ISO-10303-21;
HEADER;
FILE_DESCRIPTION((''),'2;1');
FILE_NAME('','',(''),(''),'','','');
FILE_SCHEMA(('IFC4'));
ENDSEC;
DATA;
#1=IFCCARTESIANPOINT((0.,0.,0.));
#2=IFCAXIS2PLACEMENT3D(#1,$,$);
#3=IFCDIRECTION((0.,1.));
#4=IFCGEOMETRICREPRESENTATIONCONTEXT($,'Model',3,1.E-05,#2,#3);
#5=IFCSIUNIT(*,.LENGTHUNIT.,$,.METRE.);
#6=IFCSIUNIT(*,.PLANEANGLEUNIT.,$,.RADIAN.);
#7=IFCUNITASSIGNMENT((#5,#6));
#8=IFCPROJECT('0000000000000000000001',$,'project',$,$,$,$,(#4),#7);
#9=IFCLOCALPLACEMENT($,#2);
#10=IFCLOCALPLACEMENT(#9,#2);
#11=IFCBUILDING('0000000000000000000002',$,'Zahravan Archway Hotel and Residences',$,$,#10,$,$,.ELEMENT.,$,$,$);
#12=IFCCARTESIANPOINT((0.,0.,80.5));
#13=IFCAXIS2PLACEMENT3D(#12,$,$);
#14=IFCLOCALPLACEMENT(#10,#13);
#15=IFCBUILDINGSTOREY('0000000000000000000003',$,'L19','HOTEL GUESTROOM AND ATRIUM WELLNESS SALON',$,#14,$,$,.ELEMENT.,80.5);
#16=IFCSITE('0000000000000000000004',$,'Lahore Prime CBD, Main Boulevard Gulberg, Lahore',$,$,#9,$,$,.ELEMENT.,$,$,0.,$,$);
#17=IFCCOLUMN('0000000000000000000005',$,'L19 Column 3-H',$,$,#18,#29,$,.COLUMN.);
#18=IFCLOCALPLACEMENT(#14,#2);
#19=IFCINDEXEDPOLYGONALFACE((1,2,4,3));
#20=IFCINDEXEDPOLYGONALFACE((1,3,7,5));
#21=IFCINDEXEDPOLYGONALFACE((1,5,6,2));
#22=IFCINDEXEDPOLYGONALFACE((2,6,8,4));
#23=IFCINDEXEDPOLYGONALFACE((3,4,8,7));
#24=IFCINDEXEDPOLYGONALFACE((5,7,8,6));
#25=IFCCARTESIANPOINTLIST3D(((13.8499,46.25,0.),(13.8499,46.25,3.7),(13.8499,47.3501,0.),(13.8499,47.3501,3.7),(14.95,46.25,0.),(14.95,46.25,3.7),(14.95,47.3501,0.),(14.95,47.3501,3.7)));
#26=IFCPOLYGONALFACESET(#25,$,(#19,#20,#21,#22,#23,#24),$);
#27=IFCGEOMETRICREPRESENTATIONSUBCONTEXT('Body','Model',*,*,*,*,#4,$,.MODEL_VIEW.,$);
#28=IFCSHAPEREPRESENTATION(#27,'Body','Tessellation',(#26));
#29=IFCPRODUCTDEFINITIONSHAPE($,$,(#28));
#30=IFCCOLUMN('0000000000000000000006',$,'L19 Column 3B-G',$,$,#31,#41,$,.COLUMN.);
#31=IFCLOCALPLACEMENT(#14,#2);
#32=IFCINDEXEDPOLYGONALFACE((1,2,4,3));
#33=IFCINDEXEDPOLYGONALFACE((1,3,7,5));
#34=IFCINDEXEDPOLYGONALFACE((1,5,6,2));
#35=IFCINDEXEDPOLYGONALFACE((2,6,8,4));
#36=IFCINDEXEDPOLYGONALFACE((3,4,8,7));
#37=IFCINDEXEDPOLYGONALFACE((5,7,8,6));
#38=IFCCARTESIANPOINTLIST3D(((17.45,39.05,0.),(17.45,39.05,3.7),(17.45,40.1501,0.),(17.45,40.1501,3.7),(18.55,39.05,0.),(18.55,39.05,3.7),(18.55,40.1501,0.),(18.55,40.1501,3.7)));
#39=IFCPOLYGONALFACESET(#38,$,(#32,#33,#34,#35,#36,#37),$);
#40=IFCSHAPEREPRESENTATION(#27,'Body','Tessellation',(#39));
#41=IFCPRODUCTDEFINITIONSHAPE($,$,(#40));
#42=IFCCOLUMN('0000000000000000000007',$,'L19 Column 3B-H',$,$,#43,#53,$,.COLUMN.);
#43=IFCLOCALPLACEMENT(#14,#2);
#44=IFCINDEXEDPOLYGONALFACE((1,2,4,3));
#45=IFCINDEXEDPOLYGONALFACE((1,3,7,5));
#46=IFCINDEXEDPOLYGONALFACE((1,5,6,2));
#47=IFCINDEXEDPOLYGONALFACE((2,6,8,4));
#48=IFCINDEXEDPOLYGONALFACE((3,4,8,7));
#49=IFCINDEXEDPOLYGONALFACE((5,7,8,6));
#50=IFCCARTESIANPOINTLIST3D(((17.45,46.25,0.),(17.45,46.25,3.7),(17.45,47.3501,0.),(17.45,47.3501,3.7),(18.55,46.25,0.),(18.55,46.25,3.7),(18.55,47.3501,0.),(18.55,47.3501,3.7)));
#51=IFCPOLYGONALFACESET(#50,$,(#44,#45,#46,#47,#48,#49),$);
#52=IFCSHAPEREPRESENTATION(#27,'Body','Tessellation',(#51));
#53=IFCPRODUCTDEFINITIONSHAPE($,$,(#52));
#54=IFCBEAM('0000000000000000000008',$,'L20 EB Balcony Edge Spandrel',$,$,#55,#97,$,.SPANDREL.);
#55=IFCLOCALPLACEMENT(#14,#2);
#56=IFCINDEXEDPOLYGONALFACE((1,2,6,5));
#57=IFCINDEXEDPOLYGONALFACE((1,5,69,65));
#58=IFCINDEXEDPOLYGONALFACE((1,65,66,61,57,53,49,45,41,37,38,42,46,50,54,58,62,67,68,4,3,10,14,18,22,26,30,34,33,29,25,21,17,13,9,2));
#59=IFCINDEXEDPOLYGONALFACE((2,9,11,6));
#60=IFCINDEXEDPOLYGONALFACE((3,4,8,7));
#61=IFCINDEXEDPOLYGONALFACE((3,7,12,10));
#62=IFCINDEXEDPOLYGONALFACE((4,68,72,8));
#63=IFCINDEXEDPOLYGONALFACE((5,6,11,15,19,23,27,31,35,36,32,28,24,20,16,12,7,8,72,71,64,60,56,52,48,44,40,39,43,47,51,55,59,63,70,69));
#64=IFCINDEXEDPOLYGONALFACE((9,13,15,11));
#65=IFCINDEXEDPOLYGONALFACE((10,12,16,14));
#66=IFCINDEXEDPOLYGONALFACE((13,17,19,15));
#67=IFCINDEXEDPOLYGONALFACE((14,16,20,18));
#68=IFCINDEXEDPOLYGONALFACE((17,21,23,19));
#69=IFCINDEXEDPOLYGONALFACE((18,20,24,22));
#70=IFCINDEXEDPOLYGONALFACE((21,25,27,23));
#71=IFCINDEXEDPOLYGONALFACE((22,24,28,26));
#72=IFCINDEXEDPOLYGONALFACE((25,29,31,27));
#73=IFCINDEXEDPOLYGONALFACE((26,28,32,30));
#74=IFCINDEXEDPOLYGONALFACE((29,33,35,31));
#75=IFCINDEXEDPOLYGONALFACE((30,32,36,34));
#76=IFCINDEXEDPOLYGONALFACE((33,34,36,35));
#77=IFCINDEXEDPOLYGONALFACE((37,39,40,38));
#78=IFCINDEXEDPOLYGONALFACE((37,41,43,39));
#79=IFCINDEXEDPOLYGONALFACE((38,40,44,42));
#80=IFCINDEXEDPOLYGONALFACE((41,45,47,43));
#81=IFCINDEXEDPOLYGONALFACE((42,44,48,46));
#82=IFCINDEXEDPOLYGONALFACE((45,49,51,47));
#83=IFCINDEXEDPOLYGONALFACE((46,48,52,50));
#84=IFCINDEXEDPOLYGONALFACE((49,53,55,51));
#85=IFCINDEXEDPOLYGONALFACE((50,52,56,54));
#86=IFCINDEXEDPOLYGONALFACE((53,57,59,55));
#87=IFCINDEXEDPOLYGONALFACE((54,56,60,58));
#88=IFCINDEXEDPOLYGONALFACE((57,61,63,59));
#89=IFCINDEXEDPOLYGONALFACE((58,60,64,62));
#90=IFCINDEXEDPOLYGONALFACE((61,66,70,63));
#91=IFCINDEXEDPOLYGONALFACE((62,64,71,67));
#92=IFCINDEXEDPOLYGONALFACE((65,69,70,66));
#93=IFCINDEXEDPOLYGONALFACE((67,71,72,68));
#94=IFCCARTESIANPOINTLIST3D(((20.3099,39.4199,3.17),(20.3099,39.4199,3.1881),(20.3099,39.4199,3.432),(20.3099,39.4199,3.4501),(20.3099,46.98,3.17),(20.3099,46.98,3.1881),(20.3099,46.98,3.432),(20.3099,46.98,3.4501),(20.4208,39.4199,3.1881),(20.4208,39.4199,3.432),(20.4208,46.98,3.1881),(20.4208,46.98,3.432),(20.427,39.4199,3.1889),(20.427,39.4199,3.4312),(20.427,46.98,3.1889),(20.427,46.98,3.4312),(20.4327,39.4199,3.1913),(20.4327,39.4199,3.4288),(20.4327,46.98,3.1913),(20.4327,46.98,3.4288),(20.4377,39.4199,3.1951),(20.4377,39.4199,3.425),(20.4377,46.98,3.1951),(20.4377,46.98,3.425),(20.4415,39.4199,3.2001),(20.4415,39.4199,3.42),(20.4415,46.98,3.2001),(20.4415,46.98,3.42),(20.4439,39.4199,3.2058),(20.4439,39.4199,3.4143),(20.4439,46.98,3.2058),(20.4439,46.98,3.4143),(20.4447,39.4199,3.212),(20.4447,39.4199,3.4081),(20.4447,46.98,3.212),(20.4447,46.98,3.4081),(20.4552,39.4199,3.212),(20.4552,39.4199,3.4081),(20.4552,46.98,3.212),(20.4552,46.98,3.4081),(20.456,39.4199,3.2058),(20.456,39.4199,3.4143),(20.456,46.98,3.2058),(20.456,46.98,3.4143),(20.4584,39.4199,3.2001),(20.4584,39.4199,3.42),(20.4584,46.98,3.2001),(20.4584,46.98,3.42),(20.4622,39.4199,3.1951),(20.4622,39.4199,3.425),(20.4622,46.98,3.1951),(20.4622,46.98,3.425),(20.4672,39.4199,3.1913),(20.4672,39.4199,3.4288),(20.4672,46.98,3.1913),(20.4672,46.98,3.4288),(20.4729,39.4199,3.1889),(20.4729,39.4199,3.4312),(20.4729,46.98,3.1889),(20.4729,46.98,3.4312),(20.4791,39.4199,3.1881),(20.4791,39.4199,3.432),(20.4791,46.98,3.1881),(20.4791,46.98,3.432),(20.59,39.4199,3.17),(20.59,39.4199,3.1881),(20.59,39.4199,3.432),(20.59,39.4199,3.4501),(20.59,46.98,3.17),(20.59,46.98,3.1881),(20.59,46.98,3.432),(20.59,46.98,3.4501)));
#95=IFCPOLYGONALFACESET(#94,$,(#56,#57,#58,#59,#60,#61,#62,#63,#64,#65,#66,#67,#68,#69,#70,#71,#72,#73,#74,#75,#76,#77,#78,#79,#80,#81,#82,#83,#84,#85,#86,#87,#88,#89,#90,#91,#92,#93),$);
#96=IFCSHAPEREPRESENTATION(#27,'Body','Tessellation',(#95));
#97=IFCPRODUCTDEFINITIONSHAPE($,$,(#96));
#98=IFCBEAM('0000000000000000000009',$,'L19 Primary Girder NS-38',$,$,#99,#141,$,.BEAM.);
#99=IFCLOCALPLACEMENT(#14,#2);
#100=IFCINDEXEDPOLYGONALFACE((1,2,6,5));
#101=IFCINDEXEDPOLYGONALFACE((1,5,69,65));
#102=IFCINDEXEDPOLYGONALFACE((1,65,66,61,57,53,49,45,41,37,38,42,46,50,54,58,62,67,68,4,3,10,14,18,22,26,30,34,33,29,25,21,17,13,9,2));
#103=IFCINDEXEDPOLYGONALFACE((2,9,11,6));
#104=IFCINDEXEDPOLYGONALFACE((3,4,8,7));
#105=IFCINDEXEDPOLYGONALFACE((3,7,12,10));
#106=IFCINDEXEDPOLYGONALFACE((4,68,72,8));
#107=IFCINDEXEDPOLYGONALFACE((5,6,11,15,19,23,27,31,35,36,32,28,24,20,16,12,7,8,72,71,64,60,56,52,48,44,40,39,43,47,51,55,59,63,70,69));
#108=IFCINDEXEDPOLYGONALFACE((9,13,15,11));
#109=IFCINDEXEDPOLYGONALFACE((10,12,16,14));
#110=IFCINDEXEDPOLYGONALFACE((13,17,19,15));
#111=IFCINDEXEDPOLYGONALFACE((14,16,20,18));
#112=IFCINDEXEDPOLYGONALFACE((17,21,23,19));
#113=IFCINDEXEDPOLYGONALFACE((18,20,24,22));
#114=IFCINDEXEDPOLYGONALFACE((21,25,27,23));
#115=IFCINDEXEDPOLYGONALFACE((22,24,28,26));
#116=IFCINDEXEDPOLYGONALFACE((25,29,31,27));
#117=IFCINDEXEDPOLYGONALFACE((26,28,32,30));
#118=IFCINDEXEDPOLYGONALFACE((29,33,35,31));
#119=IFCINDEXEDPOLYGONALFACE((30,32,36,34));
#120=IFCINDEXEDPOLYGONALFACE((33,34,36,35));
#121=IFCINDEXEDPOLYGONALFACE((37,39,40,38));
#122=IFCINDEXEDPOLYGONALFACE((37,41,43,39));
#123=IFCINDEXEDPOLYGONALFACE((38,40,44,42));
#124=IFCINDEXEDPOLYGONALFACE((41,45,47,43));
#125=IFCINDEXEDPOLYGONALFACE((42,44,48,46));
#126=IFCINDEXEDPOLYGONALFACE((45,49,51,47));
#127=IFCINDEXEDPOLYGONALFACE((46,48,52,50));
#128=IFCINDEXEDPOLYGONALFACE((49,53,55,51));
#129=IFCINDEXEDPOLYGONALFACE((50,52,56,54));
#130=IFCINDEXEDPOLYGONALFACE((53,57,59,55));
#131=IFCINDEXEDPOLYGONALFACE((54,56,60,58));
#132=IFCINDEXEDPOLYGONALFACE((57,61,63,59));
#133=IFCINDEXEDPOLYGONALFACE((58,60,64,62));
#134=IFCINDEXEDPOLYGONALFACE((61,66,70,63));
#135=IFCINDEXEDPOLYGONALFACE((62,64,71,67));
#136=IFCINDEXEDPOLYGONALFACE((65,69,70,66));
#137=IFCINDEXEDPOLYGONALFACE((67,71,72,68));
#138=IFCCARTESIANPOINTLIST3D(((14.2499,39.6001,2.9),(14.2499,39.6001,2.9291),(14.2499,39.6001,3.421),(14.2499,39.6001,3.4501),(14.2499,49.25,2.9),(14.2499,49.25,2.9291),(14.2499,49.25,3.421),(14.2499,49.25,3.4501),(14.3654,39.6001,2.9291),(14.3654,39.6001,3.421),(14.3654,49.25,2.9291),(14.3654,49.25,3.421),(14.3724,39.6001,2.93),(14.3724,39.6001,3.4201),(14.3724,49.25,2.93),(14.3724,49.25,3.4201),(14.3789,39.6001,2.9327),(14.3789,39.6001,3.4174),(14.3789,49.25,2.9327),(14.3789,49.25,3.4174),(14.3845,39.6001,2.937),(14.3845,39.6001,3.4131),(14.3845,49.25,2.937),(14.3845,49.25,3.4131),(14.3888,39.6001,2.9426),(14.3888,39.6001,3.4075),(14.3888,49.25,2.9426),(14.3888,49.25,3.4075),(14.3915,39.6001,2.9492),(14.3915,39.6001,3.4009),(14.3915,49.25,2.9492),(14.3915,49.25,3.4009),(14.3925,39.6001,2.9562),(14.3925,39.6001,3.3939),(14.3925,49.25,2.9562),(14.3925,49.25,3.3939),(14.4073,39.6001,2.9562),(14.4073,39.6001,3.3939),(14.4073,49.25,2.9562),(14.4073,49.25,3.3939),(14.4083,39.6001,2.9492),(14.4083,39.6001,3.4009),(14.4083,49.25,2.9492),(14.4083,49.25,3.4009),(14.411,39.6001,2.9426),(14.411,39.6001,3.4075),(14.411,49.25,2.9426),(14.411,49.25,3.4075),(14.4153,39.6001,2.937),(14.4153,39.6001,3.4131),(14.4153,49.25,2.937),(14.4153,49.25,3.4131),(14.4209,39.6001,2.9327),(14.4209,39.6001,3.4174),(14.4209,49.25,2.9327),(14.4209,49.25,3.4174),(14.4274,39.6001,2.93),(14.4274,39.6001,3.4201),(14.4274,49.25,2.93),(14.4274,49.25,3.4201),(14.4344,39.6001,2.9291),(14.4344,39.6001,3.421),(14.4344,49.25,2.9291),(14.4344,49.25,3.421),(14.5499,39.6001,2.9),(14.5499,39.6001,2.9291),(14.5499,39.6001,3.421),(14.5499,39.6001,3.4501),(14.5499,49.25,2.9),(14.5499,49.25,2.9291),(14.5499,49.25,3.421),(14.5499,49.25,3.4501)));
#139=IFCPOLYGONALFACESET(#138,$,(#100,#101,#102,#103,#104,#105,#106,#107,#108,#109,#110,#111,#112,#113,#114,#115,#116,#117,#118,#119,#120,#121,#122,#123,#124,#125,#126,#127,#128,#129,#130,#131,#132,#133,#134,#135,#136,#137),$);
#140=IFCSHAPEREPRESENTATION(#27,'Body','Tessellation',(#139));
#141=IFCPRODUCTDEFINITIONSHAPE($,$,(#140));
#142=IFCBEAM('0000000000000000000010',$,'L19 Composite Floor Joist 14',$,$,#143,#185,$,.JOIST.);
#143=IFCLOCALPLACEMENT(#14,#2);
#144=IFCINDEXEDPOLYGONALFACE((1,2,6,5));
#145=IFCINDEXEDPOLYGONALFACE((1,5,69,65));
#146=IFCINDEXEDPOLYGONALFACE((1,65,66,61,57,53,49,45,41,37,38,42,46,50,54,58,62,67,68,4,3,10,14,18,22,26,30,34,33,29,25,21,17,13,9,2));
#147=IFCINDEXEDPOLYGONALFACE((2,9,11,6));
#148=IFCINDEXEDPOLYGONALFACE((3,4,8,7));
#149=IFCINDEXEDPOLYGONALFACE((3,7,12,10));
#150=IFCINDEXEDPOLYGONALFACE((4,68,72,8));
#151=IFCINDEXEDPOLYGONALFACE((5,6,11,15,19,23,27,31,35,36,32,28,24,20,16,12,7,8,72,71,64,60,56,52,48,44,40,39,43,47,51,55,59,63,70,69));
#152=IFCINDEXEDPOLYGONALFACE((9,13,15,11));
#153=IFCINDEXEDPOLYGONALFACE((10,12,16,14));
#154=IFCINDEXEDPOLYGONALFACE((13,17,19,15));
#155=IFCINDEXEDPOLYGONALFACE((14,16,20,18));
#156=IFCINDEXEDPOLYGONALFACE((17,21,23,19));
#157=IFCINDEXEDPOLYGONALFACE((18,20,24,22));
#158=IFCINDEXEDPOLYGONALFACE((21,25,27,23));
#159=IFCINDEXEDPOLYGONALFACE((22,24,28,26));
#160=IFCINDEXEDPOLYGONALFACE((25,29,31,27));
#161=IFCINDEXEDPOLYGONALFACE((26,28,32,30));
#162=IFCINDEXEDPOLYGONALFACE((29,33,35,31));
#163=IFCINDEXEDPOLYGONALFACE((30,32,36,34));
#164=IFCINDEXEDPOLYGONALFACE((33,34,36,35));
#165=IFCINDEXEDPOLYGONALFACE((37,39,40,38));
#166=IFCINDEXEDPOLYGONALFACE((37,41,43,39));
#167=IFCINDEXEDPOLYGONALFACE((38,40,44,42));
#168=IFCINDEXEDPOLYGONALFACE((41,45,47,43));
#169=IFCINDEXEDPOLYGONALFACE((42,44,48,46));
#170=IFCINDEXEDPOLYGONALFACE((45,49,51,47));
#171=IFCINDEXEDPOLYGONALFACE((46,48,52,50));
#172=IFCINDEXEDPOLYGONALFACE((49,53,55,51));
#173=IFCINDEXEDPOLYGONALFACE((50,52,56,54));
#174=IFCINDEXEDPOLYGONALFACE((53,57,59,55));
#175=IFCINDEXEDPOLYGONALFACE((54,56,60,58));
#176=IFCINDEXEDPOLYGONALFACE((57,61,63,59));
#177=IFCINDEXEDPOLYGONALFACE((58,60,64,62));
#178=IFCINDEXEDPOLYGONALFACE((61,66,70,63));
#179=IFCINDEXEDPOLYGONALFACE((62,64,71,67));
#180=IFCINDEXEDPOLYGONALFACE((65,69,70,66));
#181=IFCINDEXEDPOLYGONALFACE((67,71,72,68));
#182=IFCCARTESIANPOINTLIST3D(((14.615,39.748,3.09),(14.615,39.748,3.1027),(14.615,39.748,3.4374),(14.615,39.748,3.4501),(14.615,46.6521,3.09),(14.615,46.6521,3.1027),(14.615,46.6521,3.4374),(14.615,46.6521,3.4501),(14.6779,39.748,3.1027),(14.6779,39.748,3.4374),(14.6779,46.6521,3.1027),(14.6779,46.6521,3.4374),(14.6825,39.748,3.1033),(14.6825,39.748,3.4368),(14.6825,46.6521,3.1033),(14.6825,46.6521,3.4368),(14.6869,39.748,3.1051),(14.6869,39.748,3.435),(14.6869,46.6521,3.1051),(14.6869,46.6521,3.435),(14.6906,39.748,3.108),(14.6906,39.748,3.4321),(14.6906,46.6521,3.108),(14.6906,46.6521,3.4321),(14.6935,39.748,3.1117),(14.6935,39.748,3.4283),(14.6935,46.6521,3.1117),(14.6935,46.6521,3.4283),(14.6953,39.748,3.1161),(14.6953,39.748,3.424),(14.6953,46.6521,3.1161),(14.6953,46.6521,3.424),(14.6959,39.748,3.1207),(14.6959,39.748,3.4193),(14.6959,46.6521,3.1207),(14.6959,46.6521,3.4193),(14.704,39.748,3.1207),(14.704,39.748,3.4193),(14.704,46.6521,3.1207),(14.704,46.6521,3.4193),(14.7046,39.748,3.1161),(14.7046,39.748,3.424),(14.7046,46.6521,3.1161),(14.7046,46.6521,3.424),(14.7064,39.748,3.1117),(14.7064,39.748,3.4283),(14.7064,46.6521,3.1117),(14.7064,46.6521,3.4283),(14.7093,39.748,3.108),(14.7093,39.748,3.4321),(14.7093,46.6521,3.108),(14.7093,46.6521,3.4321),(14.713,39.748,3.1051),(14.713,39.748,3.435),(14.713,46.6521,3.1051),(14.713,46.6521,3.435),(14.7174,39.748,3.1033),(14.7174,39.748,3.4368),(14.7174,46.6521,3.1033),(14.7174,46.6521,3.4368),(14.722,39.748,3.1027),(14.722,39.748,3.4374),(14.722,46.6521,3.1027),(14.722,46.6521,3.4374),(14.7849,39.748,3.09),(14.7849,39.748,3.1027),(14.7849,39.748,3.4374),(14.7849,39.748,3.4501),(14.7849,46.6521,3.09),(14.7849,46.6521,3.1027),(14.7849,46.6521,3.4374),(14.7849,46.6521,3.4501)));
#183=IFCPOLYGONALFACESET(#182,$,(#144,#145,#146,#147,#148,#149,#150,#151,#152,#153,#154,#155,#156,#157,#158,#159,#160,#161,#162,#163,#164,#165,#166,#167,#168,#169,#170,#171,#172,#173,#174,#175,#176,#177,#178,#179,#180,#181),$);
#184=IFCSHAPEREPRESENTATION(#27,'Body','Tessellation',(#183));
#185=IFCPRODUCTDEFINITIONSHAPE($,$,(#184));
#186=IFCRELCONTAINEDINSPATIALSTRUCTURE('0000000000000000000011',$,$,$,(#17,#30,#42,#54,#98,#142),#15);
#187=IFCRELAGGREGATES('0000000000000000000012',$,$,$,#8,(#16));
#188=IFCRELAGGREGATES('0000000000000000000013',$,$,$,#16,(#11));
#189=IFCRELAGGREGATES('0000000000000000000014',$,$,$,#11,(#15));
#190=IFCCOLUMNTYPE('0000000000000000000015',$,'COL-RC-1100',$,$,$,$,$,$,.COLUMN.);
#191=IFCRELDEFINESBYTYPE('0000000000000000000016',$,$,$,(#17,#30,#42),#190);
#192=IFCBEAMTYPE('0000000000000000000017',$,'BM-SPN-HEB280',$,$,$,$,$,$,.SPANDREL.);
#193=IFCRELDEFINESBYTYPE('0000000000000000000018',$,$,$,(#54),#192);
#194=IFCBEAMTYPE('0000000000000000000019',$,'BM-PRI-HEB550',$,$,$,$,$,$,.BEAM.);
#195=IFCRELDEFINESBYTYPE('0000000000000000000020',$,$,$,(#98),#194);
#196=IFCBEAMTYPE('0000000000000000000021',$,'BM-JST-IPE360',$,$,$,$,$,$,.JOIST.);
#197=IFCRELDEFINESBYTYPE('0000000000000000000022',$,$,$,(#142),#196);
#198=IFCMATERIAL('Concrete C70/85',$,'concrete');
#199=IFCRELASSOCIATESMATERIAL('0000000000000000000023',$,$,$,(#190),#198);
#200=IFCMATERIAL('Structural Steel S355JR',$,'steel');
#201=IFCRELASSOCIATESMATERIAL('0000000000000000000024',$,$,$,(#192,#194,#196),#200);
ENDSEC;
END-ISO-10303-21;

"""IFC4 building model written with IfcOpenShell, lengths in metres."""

from ifc_helpers import new_model, si_unit, direction, frame, origin, origin_2d, place, context, subcontext, project, spatial, rectangle, i_section, extrude, source, transform, mapped, material, material_profile, profile_set, type_object, type_shapes, element, save


model = new_model("IFC4")

# Units and contexts
model_context = context("Model", 3, precision=1e-05, world=origin(), true_north=direction((0.0, 1.0)))
body_context = subcontext(model_context, "Body", "Model", "MODEL_VIEW")
ifc_project = project(units=[si_unit("LENGTHUNIT", "METRE"), si_unit("PLANEANGLEUNIT", "RADIAN")], contexts=[model_context])

# Site, building, storey
site_placement = place(None, origin())
site = spatial("IfcSite", under=ifc_project, at=site_placement, Name="Lahore Prime CBD, Main Boulevard Gulberg, Lahore", CompositionType="ELEMENT", RefElevation=0.0)
building_placement = place(site_placement, origin())
building = spatial("IfcBuilding", under=site, at=building_placement, Name="Zahravan Archway Hotel and Residences", CompositionType="ELEMENT")
storey_placement = place(building_placement, frame((0.0, 0.0, 80.5)))
storey = spatial("IfcBuildingStorey", under=building, at=storey_placement, Name="L19", Description="HOTEL GUESTROOM AND ATRIUM WELLNESS SALON", CompositionType="ELEMENT", Elevation=80.5)

# Columns
ifc_material_1 = material(Name="Concrete C70/85", Category="concrete")
ifc_material_profile_1 = material_profile(ifc_material_1, rectangle(XDim=1.1001, YDim=1.1001, at=origin_2d()), Name="RC 1100x1100", Category="concrete")
ifc_profile_set_1 = profile_set([ifc_material_profile_1], Name="Concrete C70/85")
column_type = type_object("IfcColumnType", Name="COL-RC-1100", PredefinedType="COLUMN", material=ifc_profile_set_1)
shared_shape_1 = source(origin(), body_context, "Body", "SweptSolid", [
    extrude(rectangle(XDim=1.1001, YDim=1.1001, at=origin_2d()), origin(), (0.0, 0.0, 1.0), 3.7),
])
for number, where, z_axis, x_axis, name in (
    (1, (14.3999, 46.8, 0.0), (0.0, 0.0, 1.0), (1.0, 0.0, 0.0), "L19 Column 3-H"),
    (2, (18.0, 39.6001, 0.0), (0.0, 0.0, 1.0), (1.0, 0.0, 0.0), "L19 Column 3B-G"),
    (3, (18.0, 46.8, 0.0), (0.0, 0.0, 1.0), (1.0, 0.0, 0.0), "L19 Column 3B-H"),
):
    element("IfcColumn", number, at=place(storey_placement, frame(where, z_axis=z_axis, x_axis=x_axis)), inside=storey, type_object=column_type, Name=name, PredefinedType="COLUMN", context=body_context, shape_type="MappedRepresentation", body=[
        mapped(shared_shape_1, transform((0.0, 0.0, 0.0), scale=1.0)),
    ])

# Beams
ifc_material_2 = material(Name="Structural Steel S355JR", Category="steel")
ifc_material_profile_2 = material_profile(ifc_material_2, i_section(OverallWidth=0.28, OverallDepth=0.28, WebThickness=0.0105, FlangeThickness=0.0181, FilletRadius=0.0239, at=origin_2d()), Name="HEB 280", Category="steel")
ifc_profile_set_2 = profile_set([ifc_material_profile_2], Name="Structural Steel S355JR")
beam_type_1 = type_object("IfcBeamType", Name="BM-SPN-HEB280", PredefinedType="SPANDREL", material=ifc_profile_set_2)
shared_shape_2 = source(origin(), body_context, "Body", "SweptSolid", [
    extrude(i_section(OverallWidth=0.28, OverallDepth=0.28, WebThickness=0.0105, FlangeThickness=0.0181, FilletRadius=0.0239, at=origin_2d()), origin(), (0.0, 0.0, 1.0), 7.5601),
])
type_shapes(beam_type_1, [shared_shape_2])
beam_1_placement = place(storey_placement, frame((20.45, 39.4199, 3.3101), z_axis=(0.0, 1.0, 0.0), x_axis=(-1.0, 0.0, 0.0)))
element("IfcBeam", 4, at=beam_1_placement, inside=storey, type_object=beam_type_1, Name="L20 EB Balcony Edge Spandrel", PredefinedType="SPANDREL", context=body_context, shape_type="MappedRepresentation", body=[
    mapped(shared_shape_2, transform((0.0, 0.0, 0.0), scale=1.0)),
])
ifc_material_profile_3 = material_profile(ifc_material_2, i_section(OverallWidth=0.3, OverallDepth=0.55, WebThickness=0.0149, FlangeThickness=0.0291, FilletRadius=0.0271, at=origin_2d()), Name="HEB 550", Category="steel")
ifc_profile_set_3 = profile_set([ifc_material_profile_3], Name="Structural Steel S355JR")
beam_type_2 = type_object("IfcBeamType", Name="BM-PRI-HEB550", PredefinedType="BEAM", material=ifc_profile_set_3)
shared_shape_3 = source(origin(), body_context, "Body", "SweptSolid", [
    extrude(i_section(OverallWidth=0.3, OverallDepth=0.55, WebThickness=0.0149, FlangeThickness=0.0291, FilletRadius=0.0271, at=origin_2d()), origin(), (0.0, 0.0, 1.0), 9.6499),
])
beam_2_placement = place(storey_placement, frame((14.3999, 39.6001, 3.175), z_axis=(0.0, 1.0, 0.0), x_axis=(-1.0, 0.0, 0.0)))
element("IfcBeam", 5, at=beam_2_placement, inside=storey, type_object=beam_type_2, Name="L19 Primary Girder NS-38", PredefinedType="BEAM", context=body_context, shape_type="MappedRepresentation", body=[
    mapped(shared_shape_3, transform((0.0, 0.0, 0.0), scale=1.0)),
])
ifc_material_profile_4 = material_profile(ifc_material_2, i_section(OverallWidth=0.1699, OverallDepth=0.3601, WebThickness=0.0081, FlangeThickness=0.0127, FilletRadius=0.0181, at=origin_2d()), Name="IPE 360", Category="steel")
ifc_profile_set_4 = profile_set([ifc_material_profile_4], Name="Structural Steel S355JR")
beam_type_3 = type_object("IfcBeamType", Name="BM-JST-IPE360", PredefinedType="JOIST", material=ifc_profile_set_4)
shared_shape_4 = source(origin(), body_context, "Body", "SweptSolid", [
    extrude(i_section(OverallWidth=0.1699, OverallDepth=0.3601, WebThickness=0.0081, FlangeThickness=0.0127, FilletRadius=0.0181, at=origin_2d()), origin(), (0.0, 0.0, 1.0), 6.9041),
])
type_shapes(beam_type_3, [shared_shape_4])
beam_3_placement = place(storey_placement, frame((14.7, 39.748, 3.27), z_axis=(0.0, 1.0, 0.0), x_axis=(-1.0, 0.0, 0.0)))
element("IfcBeam", 6, at=beam_3_placement, inside=storey, type_object=beam_type_3, Name="L19 Composite Floor Joist 14", PredefinedType="JOIST", context=body_context, shape_type="MappedRepresentation", body=[
    mapped(shared_shape_4, transform((0.0, 0.0, 0.0), scale=1.0)),
])

save(model, "model.ifc")
